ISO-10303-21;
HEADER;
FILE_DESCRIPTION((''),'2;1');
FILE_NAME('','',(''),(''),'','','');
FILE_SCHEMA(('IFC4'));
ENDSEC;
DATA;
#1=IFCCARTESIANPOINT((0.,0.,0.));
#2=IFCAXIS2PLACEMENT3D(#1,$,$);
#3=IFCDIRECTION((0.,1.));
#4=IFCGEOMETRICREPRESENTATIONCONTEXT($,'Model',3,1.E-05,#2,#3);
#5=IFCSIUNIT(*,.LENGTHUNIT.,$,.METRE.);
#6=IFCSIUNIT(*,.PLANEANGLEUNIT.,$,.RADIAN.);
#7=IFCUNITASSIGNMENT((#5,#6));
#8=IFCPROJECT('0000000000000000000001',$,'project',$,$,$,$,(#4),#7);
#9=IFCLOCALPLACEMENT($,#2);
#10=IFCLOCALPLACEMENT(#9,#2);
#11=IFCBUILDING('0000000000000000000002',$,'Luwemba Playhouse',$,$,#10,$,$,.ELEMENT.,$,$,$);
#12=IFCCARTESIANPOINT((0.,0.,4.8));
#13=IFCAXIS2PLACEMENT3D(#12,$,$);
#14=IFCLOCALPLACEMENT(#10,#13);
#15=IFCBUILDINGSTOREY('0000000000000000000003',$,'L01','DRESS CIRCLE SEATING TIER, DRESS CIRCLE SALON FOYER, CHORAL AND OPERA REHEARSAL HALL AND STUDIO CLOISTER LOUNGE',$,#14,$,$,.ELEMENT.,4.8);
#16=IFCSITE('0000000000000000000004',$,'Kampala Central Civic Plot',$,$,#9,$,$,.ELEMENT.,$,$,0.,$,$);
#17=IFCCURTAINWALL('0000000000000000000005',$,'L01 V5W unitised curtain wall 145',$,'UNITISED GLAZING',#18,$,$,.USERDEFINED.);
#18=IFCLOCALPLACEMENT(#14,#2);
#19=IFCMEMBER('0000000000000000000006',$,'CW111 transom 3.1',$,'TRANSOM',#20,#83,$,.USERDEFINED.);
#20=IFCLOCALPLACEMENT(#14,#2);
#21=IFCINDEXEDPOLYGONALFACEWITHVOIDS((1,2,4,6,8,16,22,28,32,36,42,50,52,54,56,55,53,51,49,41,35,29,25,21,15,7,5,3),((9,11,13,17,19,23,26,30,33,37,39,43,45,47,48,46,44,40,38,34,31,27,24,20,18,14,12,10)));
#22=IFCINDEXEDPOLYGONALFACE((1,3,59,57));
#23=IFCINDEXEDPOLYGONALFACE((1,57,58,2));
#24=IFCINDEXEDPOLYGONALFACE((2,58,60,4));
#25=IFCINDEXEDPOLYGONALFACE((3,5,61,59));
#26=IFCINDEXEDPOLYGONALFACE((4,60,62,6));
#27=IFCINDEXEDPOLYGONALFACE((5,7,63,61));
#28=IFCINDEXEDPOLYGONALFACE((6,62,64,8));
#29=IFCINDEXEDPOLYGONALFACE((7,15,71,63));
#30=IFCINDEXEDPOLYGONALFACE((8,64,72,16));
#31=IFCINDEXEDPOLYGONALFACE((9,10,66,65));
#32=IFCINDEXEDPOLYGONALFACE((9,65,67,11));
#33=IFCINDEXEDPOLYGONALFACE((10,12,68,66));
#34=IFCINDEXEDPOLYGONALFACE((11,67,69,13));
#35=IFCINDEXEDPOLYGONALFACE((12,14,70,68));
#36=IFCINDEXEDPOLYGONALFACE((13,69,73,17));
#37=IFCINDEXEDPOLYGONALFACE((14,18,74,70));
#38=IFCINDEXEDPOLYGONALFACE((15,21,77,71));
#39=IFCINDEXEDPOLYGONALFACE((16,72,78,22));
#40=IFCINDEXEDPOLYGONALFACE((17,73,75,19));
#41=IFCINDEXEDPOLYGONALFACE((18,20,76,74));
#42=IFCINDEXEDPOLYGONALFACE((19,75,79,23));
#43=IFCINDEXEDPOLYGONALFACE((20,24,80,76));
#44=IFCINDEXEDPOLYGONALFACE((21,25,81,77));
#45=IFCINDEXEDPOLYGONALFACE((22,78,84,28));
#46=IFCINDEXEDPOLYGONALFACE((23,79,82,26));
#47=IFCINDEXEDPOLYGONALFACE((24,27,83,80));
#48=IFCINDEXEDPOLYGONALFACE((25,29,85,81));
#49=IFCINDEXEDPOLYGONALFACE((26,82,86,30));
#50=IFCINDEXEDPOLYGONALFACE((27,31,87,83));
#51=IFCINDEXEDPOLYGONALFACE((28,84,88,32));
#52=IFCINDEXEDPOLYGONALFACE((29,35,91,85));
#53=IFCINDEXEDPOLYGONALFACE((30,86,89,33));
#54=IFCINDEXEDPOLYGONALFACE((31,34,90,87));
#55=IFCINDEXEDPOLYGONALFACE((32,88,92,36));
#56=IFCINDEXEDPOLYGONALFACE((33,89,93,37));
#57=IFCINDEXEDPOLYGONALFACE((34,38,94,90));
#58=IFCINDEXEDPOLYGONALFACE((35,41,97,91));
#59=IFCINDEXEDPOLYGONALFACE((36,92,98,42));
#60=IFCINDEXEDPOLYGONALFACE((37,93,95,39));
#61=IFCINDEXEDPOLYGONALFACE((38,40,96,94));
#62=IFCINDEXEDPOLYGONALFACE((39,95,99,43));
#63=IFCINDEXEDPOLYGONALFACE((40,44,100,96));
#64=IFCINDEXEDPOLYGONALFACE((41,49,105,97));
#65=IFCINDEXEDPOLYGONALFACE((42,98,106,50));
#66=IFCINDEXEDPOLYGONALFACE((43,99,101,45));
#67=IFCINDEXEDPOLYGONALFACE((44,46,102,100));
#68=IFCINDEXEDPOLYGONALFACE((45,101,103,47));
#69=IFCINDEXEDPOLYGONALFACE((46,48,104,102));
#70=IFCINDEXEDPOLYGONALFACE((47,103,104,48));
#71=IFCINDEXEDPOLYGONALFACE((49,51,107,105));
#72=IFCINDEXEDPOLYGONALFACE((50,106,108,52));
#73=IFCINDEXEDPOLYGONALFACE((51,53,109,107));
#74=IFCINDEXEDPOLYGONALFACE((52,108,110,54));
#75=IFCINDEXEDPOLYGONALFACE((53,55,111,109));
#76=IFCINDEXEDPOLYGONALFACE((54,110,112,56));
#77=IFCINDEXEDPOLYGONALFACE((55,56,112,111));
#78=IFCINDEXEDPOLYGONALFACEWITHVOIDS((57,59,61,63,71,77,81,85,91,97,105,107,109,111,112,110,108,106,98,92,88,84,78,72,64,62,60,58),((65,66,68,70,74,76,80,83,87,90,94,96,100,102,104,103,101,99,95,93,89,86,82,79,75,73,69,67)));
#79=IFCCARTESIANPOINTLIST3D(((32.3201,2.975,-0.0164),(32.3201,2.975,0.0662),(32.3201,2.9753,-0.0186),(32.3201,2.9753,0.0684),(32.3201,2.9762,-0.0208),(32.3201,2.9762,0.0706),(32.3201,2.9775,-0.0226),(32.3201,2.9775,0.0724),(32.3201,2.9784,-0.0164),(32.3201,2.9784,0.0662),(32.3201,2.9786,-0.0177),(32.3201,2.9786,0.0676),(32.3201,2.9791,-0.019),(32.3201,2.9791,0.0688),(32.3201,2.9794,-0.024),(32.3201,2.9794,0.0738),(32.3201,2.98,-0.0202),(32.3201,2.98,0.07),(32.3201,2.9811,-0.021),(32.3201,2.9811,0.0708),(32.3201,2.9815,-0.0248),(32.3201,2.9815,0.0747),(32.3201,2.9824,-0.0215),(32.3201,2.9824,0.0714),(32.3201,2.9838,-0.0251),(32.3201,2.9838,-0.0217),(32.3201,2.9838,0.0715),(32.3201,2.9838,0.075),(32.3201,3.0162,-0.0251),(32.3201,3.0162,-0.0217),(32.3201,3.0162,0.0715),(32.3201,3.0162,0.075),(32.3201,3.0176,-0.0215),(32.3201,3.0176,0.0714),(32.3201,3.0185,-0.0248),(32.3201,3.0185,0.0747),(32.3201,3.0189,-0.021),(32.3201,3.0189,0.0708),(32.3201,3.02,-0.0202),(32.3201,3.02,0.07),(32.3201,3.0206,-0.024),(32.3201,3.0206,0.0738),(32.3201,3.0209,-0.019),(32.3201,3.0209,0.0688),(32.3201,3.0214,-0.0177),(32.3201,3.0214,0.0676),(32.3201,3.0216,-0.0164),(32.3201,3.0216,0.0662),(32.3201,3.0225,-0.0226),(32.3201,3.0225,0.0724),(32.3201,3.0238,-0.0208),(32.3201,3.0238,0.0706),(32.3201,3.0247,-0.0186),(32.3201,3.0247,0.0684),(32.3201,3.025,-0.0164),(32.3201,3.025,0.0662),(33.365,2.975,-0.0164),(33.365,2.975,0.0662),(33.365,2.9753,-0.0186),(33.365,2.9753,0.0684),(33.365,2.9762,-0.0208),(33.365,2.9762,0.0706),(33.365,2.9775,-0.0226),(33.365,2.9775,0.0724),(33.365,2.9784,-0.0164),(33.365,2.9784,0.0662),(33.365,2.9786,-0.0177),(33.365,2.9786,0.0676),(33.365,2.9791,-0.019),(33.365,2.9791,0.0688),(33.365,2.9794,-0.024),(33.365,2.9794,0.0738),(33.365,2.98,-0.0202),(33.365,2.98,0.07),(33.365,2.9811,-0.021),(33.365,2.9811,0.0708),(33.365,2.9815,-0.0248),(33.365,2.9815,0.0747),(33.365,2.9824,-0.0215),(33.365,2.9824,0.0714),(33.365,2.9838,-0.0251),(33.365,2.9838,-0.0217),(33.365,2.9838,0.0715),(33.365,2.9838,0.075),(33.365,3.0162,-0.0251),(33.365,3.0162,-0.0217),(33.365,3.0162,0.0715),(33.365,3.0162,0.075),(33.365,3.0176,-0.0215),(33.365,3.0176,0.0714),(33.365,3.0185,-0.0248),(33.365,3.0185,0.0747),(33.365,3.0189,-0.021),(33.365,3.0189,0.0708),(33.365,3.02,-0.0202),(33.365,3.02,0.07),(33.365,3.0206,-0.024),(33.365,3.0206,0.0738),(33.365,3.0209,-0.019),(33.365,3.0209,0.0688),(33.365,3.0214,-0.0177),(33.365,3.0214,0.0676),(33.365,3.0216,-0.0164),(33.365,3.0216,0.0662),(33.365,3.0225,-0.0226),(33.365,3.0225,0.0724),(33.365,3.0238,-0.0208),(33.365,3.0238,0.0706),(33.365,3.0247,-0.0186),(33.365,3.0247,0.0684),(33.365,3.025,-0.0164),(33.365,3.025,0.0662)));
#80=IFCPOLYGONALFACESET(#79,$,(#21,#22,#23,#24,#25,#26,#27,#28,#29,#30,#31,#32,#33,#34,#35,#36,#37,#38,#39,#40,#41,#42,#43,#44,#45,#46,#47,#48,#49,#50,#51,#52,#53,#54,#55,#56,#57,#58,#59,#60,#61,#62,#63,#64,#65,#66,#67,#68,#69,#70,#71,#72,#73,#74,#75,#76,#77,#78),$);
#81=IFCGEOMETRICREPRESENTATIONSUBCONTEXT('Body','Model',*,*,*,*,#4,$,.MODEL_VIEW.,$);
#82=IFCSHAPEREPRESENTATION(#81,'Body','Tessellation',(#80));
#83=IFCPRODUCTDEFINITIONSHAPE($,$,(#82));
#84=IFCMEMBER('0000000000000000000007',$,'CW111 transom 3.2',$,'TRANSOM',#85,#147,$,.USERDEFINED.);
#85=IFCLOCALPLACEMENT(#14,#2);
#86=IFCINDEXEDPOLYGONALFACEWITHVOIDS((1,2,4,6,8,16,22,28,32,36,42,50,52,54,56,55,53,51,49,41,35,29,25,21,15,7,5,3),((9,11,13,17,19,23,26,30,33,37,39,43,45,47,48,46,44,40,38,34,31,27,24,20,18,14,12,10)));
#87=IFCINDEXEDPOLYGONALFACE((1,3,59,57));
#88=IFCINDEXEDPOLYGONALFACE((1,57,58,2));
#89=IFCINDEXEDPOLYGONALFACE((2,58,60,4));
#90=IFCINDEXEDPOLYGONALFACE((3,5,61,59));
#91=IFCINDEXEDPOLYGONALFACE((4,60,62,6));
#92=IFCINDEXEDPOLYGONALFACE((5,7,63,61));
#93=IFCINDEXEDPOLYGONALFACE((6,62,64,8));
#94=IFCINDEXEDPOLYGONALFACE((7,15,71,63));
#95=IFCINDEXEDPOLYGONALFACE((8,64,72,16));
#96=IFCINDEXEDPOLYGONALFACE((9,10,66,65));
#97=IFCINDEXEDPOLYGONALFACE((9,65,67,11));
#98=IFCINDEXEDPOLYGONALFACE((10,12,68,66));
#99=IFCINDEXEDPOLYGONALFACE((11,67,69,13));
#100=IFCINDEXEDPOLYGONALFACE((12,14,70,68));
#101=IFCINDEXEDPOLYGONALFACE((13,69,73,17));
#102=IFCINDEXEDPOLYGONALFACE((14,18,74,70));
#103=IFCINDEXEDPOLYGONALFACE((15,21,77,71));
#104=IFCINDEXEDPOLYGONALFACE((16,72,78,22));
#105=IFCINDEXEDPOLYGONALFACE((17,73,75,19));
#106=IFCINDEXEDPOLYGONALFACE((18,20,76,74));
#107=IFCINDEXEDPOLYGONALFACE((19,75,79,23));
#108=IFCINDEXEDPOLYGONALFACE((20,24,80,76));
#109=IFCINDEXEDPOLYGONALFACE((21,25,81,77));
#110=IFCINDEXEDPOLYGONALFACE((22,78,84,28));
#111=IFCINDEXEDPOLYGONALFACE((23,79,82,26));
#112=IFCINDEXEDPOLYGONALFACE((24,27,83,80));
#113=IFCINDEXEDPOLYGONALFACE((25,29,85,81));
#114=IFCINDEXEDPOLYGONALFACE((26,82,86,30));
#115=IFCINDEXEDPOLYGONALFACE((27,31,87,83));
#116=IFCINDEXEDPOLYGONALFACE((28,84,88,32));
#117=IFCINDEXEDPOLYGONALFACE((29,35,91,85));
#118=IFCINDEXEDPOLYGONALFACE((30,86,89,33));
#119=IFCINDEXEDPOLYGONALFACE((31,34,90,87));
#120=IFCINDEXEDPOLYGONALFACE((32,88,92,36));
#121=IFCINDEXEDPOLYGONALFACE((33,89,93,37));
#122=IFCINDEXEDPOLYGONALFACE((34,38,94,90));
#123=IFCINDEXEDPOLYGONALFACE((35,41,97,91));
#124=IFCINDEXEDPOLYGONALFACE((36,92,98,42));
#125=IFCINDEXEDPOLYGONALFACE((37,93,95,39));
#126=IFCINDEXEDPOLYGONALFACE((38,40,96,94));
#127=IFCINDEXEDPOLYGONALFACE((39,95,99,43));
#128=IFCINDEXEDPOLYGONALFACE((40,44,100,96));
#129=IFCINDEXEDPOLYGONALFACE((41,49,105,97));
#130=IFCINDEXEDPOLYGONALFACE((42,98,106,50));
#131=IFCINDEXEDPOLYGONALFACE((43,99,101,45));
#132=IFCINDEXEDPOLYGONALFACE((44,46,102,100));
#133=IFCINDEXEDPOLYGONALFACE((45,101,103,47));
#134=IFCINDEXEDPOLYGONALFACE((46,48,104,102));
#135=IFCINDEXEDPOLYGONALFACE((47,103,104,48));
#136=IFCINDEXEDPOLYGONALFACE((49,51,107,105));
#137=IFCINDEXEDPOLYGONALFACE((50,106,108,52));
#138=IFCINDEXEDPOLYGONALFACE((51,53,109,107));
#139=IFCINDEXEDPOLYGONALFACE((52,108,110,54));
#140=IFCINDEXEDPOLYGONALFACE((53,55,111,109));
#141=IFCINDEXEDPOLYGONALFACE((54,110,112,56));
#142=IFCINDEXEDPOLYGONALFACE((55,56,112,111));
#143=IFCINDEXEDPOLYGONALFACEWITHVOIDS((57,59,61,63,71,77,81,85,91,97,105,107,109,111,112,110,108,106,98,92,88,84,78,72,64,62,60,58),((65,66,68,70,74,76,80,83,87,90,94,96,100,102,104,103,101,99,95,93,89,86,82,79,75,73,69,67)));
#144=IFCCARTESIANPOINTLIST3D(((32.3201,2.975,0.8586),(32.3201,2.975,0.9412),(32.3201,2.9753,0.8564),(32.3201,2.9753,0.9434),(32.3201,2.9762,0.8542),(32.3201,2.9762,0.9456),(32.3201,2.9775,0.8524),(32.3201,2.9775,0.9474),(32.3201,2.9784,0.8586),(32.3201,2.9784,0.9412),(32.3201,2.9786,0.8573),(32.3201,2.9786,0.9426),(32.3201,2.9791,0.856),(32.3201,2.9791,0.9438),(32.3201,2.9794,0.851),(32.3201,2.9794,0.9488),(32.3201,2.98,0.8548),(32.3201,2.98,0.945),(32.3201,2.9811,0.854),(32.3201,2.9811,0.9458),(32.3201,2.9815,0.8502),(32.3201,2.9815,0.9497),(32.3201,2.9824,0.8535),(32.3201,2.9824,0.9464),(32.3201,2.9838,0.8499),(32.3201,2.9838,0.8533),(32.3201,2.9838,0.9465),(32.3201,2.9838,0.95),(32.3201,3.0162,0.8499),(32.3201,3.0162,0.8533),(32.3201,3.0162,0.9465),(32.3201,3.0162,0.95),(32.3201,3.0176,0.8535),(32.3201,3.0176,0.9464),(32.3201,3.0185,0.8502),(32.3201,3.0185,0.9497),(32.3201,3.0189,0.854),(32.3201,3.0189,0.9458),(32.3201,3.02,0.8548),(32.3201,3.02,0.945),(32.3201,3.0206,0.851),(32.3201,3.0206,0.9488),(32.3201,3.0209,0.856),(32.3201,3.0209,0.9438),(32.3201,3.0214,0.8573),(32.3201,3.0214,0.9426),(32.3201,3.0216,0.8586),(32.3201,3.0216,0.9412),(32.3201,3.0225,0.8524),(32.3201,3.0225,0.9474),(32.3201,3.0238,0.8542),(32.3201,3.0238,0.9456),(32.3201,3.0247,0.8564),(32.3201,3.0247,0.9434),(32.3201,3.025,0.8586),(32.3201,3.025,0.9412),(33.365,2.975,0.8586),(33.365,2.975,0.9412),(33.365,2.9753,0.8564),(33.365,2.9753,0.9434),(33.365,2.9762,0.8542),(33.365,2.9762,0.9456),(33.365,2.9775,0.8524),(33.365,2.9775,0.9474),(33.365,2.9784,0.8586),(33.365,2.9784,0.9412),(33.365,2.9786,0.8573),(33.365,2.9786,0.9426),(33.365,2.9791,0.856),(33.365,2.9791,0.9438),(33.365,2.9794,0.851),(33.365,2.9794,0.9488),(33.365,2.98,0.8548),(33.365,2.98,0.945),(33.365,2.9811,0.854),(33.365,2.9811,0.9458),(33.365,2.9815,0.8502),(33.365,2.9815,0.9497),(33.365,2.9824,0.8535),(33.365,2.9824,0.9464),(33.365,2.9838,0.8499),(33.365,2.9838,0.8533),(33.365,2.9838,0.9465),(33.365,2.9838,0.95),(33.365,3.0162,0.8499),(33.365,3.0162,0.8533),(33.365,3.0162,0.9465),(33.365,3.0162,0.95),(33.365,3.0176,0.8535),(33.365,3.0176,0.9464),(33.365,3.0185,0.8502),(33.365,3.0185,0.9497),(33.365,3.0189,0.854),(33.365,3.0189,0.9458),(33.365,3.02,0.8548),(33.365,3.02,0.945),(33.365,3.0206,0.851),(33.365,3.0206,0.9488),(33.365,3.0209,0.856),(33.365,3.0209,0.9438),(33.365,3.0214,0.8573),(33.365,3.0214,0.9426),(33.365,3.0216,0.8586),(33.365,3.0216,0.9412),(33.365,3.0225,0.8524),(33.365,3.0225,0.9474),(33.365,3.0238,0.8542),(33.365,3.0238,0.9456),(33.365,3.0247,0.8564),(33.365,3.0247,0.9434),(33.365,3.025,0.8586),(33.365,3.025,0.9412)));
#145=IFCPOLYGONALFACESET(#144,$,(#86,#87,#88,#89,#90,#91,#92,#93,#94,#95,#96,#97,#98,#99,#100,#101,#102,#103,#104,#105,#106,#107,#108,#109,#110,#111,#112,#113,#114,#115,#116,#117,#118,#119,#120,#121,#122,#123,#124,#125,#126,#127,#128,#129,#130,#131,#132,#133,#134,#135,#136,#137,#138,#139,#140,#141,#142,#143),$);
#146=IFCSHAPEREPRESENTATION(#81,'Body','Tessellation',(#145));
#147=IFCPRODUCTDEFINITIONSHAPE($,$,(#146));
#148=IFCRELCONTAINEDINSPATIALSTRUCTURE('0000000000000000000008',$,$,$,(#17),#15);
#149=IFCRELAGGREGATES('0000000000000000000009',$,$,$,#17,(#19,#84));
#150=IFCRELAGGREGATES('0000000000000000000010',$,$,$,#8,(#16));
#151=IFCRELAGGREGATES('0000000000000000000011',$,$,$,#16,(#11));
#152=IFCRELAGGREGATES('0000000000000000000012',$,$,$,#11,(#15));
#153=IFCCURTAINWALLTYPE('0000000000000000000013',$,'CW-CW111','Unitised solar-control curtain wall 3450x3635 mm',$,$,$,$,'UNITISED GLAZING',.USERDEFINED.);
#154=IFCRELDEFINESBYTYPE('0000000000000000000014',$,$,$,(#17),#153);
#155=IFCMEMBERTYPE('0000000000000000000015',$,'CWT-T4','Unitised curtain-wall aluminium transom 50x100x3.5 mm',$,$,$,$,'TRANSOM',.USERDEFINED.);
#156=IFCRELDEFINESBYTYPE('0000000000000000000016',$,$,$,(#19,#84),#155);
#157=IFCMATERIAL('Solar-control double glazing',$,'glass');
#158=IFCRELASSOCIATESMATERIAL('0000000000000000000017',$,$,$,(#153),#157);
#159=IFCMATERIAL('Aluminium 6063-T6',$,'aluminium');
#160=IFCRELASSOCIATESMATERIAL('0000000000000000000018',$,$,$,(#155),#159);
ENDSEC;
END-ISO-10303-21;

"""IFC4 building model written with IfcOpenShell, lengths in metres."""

from ifc_helpers import new_model, si_unit, direction, frame, origin, origin_2d, place, context, subcontext, project, spatial, hollow_rectangle, extrude, material, material_profile, profile_set, type_object, element, aggregate, save


model = new_model("IFC4")

# Units and contexts
model_context = context("Model", 3, precision=1e-05, world=origin(), true_north=direction((0.0, 1.0)))
body_context = subcontext(model_context, "Body", "Model", "MODEL_VIEW")
ifc_project = project(units=[si_unit("LENGTHUNIT", "METRE"), si_unit("PLANEANGLEUNIT", "RADIAN")], contexts=[model_context])

# Site, building, storey
site_placement = place(None, origin())
site = spatial("IfcSite", under=ifc_project, at=site_placement, Name="Kampala Central Civic Plot", CompositionType="ELEMENT", RefElevation=0.0)
building_placement = place(site_placement, origin())
building = spatial("IfcBuilding", under=site, at=building_placement, Name="Luwemba Playhouse", CompositionType="ELEMENT")
storey_placement = place(building_placement, frame((0.0, 0.0, 4.8)))
storey = spatial("IfcBuildingStorey", under=building, at=storey_placement, Name="L01", Description="DRESS CIRCLE SEATING TIER, DRESS CIRCLE SALON FOYER, CHORAL AND OPERA REHEARSAL HALL AND STUDIO CLOISTER LOUNGE", CompositionType="ELEMENT", Elevation=4.8)

# Curtain wall
ifc_material_1 = material(Name="Solar-control double glazing", Category="glass")
ifc_material_2 = material(Name="Aluminium 6063-T6", Category="aluminium")
curtain_wall_type_1 = type_object("IfcCurtainWallType", Name="CW-CW111", Description="Unitised solar-control curtain wall 3450x3635 mm", ElementType="UNITISED GLAZING", PredefinedType="USERDEFINED", material=ifc_material_1)
curtain_wall_1_placement = place(storey_placement, origin())
curtain_wall_1 = element("IfcCurtainWall", 1, at=curtain_wall_1_placement, inside=storey, type_object=curtain_wall_type_1, Name="L01 V5W unitised curtain wall 145", ObjectType="UNITISED GLAZING", PredefinedType="USERDEFINED")

# Members
ifc_material_profile_1 = material_profile(ifc_material_2, hollow_rectangle(XDim=0.05, YDim=0.1001, WallThickness=0.0034, InnerFilletRadius=0.0054, OuterFilletRadius=0.0088, at=origin_2d()))
ifc_profile_set_1 = profile_set([ifc_material_profile_1], Name="Aluminium 6063-T6")
member_type_1 = type_object("IfcMemberType", Name="CWT-T4", Description="Unitised curtain-wall aluminium transom 50x100x3.5 mm", ElementType="TRANSOM", PredefinedType="USERDEFINED", material=ifc_profile_set_1)
member_1_placement = place(storey_placement, frame((33.365, 3.0, 0.0249), z_axis=(-1.0, 0.0, 0.0), x_axis=(0.0, -1.0, 0.0)))
member_1 = element("IfcMember", 2, at=member_1_placement, type_object=member_type_1, Name="CW111 transom 3.1", ObjectType="TRANSOM", PredefinedType="USERDEFINED", context=body_context, shape_type="SweptSolid", body=[
    extrude(hollow_rectangle(XDim=0.05, YDim=0.1001, WallThickness=0.0034, InnerFilletRadius=0.0054, OuterFilletRadius=0.0088, at=origin_2d()), origin(), (0.0, 0.0, 1.0), 1.0449),
])
member_2_placement = place(storey_placement, frame((33.365, 3.0, 0.8999), z_axis=(-1.0, 0.0, 0.0), x_axis=(0.0, -1.0, 0.0)))
member_2 = element("IfcMember", 3, at=member_2_placement, type_object=member_type_1, Name="CW111 transom 3.2", ObjectType="TRANSOM", PredefinedType="USERDEFINED", context=body_context, shape_type="SweptSolid", body=[
    extrude(hollow_rectangle(XDim=0.05, YDim=0.1001, WallThickness=0.0034, InnerFilletRadius=0.0054, OuterFilletRadius=0.0088, at=origin_2d()), origin(), (0.0, 0.0, 1.0), 1.0449),
])

aggregate(curtain_wall_1, [member_1, member_2])

save(model, "model.ifc")
